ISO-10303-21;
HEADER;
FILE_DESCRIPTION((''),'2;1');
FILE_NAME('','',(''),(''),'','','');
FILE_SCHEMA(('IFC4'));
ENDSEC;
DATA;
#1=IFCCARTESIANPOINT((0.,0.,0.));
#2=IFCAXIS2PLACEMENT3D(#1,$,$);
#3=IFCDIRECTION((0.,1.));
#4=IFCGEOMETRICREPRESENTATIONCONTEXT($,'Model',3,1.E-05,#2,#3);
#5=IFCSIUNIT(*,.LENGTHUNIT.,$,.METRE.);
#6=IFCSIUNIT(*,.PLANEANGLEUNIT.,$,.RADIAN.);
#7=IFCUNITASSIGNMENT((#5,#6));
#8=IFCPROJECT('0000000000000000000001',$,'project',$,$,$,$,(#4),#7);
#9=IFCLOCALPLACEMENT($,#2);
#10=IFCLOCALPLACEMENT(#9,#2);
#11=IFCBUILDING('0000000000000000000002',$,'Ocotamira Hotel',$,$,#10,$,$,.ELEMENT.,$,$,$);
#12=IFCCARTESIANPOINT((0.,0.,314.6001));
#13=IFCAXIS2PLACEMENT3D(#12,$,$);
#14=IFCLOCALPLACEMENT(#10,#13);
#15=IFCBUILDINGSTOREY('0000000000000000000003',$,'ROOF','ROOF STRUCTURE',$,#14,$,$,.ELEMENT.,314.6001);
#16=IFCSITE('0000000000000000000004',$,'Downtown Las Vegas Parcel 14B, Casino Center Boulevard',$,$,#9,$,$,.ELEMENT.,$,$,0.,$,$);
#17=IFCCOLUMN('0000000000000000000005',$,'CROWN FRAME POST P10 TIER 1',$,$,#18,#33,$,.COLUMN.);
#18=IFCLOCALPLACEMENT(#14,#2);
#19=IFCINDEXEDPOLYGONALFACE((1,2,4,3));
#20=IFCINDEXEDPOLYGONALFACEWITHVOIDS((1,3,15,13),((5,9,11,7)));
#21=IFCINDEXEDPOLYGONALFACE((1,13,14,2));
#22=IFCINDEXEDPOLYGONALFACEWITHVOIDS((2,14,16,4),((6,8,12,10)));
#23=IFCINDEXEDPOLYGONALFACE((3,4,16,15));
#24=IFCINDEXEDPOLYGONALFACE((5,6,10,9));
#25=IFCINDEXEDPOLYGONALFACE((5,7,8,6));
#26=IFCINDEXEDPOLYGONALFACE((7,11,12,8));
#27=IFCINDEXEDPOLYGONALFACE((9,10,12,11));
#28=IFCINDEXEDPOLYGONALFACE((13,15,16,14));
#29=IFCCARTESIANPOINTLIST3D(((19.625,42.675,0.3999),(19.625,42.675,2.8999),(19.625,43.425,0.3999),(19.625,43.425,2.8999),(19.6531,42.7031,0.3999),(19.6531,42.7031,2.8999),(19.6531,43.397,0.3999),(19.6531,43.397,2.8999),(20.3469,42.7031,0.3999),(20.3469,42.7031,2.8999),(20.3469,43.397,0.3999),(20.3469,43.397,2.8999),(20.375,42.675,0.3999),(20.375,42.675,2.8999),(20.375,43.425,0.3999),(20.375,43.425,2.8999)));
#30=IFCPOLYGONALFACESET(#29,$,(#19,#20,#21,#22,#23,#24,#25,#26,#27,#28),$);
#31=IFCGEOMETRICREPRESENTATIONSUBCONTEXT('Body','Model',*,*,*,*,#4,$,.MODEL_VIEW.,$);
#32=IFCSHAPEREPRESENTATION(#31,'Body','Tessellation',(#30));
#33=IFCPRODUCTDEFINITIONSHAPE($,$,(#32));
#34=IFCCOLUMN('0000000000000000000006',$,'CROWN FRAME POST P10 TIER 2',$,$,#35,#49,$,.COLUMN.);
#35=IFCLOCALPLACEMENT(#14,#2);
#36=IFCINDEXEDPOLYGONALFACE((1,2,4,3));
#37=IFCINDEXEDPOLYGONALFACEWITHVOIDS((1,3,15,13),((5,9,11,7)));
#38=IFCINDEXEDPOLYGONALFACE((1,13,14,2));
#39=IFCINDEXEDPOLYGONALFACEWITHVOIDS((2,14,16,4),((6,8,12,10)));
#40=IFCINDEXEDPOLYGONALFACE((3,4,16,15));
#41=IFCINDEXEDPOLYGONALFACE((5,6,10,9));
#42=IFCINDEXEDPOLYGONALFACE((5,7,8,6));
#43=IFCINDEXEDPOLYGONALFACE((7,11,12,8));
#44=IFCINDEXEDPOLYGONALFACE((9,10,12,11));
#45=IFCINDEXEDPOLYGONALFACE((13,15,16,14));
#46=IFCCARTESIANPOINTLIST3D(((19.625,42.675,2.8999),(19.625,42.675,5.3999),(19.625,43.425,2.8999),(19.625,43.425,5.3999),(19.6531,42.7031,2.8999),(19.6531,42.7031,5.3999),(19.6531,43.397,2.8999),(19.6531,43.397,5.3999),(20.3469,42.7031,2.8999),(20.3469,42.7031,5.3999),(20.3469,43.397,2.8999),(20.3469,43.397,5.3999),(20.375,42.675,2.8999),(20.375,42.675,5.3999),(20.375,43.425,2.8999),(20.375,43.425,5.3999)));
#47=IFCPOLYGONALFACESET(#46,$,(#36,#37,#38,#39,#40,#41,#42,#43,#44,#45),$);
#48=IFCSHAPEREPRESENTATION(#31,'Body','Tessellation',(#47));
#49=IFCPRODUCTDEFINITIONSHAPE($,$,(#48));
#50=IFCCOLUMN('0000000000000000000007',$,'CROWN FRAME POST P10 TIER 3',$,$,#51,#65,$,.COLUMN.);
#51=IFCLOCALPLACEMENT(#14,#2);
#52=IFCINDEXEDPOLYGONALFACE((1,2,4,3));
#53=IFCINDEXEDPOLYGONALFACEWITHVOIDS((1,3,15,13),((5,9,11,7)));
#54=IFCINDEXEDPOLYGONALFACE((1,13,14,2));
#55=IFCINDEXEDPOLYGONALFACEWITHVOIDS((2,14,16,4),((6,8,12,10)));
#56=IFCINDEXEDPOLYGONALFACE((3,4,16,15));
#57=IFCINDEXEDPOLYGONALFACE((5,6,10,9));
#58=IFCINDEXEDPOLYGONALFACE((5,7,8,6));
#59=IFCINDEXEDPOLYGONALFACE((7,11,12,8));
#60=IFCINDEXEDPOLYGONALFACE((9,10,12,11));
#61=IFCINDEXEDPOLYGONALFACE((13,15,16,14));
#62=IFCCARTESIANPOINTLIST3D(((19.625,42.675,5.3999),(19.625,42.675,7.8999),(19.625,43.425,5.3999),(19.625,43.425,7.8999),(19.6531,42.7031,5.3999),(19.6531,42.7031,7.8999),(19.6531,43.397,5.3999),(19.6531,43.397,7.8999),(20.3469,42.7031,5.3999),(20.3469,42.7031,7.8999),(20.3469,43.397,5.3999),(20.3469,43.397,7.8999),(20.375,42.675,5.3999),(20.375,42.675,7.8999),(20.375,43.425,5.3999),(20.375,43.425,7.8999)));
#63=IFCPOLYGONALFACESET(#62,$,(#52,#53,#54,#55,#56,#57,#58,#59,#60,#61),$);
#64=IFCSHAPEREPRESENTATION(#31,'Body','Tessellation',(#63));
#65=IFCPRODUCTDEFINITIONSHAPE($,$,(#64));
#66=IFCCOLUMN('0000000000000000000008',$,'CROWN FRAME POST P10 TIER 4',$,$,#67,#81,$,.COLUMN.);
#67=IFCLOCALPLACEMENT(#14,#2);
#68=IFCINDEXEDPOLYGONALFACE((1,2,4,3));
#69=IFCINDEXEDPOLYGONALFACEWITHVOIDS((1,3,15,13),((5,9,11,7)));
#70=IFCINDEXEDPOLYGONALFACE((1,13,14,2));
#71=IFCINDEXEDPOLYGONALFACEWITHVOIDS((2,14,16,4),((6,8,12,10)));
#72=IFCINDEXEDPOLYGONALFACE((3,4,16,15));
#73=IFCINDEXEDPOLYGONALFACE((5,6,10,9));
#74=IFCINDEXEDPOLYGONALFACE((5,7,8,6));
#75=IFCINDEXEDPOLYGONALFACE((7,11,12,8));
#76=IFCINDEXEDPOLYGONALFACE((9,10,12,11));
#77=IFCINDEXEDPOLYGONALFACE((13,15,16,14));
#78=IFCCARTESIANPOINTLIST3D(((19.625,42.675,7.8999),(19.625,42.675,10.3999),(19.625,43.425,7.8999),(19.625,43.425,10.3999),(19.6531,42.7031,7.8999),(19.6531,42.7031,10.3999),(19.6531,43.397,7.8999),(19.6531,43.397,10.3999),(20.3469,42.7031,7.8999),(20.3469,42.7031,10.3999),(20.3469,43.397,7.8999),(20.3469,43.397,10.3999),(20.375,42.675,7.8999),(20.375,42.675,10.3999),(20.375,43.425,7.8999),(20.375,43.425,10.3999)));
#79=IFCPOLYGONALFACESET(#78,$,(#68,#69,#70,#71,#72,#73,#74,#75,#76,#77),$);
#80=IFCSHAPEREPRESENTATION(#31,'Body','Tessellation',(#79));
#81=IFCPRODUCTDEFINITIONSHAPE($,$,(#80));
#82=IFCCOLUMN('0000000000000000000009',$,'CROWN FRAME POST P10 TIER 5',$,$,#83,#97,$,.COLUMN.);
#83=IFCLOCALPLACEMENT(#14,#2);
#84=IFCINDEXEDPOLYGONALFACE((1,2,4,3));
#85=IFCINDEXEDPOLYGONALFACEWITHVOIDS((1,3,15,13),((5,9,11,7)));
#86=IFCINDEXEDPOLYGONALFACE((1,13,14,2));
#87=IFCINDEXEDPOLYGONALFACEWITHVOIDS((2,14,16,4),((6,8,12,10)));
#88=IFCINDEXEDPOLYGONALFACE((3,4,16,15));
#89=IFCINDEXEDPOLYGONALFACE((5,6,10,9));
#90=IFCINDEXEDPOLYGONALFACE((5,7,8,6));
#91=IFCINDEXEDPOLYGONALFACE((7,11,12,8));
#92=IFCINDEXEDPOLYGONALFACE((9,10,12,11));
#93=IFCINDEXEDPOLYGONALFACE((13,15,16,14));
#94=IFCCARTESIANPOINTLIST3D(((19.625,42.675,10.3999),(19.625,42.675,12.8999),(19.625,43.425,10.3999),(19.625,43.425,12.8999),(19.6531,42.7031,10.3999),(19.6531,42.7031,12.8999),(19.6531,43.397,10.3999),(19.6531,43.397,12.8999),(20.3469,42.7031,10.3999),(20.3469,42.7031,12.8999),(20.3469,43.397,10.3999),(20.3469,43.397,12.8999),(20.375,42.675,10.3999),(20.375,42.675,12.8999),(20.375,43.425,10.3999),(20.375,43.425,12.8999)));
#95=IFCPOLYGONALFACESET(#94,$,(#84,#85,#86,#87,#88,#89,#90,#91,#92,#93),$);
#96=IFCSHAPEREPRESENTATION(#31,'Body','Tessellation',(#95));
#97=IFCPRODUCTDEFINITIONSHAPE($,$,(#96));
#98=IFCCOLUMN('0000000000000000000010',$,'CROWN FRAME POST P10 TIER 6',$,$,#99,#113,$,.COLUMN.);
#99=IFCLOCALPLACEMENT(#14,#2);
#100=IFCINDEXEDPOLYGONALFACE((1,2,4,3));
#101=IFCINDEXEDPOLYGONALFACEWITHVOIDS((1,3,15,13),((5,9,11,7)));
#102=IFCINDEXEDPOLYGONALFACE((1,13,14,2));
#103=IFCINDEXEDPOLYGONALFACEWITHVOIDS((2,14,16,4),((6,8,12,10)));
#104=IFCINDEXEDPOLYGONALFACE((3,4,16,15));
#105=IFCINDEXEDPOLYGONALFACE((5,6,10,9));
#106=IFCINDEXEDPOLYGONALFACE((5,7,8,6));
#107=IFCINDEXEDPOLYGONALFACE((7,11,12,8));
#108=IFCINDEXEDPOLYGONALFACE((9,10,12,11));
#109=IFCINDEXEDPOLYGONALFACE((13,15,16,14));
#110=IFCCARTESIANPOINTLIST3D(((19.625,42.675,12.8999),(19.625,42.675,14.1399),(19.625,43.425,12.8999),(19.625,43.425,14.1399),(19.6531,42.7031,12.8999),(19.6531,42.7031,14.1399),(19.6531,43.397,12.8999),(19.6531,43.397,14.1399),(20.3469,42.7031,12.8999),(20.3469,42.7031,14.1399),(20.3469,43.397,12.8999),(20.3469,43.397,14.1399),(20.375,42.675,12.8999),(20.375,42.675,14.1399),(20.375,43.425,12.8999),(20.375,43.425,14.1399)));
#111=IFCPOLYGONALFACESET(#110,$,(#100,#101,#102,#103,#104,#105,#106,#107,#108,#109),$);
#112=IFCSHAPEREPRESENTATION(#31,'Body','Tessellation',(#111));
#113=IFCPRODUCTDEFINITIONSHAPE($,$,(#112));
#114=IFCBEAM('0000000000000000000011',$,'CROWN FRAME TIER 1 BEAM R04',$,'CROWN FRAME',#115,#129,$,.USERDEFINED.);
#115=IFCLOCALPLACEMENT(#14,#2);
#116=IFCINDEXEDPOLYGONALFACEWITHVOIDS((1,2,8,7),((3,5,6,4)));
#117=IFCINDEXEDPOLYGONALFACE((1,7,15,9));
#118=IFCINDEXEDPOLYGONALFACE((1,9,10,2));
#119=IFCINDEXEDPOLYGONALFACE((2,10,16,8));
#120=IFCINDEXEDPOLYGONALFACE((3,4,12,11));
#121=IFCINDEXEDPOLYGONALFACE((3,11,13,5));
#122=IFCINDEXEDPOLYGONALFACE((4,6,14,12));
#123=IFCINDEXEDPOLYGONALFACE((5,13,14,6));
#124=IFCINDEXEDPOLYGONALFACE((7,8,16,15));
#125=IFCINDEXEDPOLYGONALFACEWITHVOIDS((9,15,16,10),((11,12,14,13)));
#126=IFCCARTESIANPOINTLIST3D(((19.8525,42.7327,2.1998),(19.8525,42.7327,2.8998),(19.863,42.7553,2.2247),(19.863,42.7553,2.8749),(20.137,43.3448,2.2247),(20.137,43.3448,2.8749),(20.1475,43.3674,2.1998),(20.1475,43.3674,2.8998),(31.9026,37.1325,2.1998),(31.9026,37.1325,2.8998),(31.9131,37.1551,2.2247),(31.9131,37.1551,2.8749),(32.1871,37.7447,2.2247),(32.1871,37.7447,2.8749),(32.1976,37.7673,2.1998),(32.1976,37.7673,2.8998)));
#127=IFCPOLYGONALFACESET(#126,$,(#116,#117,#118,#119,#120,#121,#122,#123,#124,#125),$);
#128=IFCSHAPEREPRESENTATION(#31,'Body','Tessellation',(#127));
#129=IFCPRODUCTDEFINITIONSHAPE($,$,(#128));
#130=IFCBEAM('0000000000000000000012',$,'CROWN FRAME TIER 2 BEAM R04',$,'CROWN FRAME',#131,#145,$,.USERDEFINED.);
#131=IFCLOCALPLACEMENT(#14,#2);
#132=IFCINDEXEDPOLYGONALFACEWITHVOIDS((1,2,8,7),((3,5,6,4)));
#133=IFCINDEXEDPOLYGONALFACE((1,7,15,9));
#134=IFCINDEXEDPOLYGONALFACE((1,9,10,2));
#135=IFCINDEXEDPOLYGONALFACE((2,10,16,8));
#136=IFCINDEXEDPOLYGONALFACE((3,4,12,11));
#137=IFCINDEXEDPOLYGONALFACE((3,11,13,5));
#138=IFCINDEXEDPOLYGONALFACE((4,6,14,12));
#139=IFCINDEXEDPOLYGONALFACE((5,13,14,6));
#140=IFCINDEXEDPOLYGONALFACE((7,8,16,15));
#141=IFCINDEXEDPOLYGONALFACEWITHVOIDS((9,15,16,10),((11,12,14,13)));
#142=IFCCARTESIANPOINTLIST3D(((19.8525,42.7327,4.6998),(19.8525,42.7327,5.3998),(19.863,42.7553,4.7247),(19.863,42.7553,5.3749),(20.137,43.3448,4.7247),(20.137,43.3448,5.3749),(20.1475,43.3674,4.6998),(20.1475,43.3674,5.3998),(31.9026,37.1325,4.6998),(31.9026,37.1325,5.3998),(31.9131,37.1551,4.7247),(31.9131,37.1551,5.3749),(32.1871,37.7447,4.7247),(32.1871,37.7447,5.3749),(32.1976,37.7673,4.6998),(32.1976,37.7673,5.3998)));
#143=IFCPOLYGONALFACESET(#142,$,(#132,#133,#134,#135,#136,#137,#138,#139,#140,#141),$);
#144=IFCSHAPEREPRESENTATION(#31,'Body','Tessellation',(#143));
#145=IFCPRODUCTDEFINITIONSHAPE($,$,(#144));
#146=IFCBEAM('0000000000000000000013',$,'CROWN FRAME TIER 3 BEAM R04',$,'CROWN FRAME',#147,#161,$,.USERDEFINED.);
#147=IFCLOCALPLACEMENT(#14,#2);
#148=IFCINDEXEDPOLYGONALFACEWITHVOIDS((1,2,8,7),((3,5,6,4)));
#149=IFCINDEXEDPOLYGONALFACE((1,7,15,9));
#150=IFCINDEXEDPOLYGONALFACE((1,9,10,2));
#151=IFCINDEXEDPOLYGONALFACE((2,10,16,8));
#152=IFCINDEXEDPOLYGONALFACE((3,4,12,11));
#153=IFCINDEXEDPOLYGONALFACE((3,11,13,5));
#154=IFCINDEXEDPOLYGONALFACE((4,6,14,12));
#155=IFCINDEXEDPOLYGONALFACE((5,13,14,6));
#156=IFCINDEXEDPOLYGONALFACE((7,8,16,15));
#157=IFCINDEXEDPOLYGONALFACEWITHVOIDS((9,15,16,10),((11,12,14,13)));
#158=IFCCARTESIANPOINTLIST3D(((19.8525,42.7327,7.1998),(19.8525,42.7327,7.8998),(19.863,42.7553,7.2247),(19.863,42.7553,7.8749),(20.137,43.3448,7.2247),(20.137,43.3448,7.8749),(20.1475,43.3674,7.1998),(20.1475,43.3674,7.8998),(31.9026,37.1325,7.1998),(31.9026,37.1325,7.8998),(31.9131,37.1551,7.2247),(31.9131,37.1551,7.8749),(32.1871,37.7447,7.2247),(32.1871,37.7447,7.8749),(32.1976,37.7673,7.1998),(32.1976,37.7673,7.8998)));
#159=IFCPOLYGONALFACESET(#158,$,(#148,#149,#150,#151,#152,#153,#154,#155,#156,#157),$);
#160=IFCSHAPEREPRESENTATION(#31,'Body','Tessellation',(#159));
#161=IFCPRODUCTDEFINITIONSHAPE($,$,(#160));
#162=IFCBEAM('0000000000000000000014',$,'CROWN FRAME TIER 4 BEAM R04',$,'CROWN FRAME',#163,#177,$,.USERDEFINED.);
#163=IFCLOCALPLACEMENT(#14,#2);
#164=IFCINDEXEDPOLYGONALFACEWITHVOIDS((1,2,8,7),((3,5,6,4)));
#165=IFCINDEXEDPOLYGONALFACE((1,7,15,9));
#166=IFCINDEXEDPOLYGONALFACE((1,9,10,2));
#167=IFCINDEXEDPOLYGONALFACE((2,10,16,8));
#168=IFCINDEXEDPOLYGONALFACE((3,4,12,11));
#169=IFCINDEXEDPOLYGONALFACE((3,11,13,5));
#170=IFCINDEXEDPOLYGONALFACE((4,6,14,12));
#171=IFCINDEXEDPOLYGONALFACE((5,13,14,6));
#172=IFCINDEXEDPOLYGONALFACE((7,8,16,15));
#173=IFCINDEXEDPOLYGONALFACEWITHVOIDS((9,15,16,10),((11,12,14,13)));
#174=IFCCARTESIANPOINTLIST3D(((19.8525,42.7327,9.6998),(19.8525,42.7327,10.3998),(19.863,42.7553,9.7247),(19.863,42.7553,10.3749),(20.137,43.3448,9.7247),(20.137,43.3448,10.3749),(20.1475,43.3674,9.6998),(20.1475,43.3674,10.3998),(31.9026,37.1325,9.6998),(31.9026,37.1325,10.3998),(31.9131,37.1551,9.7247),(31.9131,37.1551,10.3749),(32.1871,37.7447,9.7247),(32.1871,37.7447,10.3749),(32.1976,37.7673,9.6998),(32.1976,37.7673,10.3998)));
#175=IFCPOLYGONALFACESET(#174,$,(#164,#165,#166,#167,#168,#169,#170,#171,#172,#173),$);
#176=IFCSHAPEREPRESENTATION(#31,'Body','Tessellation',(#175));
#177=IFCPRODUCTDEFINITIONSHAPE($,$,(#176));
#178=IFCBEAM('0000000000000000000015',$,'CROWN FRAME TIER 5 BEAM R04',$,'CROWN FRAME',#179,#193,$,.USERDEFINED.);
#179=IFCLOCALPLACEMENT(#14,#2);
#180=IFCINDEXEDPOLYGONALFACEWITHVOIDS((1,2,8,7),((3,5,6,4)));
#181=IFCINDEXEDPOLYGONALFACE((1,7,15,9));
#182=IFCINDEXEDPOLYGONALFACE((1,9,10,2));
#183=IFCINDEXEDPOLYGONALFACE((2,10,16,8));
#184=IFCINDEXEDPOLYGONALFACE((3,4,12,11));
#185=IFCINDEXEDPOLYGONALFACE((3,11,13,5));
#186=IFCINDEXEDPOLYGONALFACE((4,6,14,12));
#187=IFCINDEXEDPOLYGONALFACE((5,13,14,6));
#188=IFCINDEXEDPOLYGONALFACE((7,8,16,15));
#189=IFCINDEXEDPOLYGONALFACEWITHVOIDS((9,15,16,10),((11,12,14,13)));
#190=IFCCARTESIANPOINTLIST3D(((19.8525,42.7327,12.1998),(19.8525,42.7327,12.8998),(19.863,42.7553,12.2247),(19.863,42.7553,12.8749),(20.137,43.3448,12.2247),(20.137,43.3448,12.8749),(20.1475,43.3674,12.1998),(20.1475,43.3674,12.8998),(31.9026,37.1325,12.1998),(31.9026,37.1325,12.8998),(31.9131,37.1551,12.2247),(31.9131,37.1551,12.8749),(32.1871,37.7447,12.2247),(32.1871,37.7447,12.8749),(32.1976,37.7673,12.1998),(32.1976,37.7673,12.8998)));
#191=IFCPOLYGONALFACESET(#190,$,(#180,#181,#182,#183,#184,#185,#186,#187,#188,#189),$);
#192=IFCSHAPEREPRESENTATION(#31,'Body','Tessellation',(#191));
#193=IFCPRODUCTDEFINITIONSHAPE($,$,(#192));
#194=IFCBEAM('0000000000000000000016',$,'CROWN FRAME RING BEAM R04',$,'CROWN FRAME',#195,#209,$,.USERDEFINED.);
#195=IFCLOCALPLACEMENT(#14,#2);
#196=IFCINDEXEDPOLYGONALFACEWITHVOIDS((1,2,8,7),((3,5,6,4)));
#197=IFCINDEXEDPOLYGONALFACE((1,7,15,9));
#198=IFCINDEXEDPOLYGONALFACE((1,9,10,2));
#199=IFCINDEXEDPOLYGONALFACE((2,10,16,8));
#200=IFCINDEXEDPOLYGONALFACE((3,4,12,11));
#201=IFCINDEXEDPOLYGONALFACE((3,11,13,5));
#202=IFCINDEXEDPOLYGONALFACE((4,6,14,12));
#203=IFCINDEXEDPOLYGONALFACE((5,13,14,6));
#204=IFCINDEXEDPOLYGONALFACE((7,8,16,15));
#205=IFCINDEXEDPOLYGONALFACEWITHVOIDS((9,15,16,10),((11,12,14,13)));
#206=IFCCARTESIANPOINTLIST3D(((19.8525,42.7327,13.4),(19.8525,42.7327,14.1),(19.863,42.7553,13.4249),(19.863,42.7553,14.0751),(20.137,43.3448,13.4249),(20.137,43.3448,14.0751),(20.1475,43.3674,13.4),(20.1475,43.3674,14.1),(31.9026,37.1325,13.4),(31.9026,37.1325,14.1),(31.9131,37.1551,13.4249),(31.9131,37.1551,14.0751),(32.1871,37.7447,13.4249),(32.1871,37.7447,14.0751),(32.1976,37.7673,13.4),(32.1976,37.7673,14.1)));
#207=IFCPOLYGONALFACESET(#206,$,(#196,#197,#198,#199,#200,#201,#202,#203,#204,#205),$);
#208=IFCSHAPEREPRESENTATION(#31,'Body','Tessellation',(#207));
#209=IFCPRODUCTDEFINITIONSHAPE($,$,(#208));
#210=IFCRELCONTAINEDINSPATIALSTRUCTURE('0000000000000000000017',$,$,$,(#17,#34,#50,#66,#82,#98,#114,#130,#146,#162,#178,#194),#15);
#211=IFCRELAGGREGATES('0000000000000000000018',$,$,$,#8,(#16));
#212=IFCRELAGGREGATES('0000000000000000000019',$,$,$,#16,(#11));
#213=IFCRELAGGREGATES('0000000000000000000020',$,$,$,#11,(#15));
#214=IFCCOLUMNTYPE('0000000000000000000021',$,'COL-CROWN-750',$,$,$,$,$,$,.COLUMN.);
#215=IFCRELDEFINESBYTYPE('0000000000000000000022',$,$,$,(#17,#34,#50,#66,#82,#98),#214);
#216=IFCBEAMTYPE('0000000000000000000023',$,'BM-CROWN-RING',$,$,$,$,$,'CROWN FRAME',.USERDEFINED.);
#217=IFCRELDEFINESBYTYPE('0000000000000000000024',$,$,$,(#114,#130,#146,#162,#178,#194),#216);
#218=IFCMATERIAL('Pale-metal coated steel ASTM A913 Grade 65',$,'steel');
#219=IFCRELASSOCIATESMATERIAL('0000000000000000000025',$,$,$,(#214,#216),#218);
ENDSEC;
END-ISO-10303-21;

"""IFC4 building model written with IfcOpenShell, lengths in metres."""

from ifc_helpers import new_model, si_unit, direction, frame, origin, origin_2d, place, context, subcontext, project, spatial, hollow_rectangle, extrude, source, transform, mapped, material, material_profile, profile_set, type_object, element, save


model = new_model("IFC4")

# Units and contexts
model_context = context("Model", 3, precision=1e-05, world=origin(), true_north=direction((0.0, 1.0)))
body_context = subcontext(model_context, "Body", "Model", "MODEL_VIEW")
ifc_project = project(units=[si_unit("LENGTHUNIT", "METRE"), si_unit("PLANEANGLEUNIT", "RADIAN")], contexts=[model_context])

# Site, building, storey
site_placement = place(None, origin())
site = spatial("IfcSite", under=ifc_project, at=site_placement, Name="Downtown Las Vegas Parcel 14B, Casino Center Boulevard", CompositionType="ELEMENT", RefElevation=0.0)
building_placement = place(site_placement, origin())
building = spatial("IfcBuilding", under=site, at=building_placement, Name="Ocotamira Hotel", CompositionType="ELEMENT")
storey_placement = place(building_placement, frame((0.0, 0.0, 314.6001)))
storey = spatial("IfcBuildingStorey", under=building, at=storey_placement, Name="ROOF", Description="ROOF STRUCTURE", CompositionType="ELEMENT", Elevation=314.6001)

# Columns
ifc_material_1 = material(Name="Pale-metal coated steel ASTM A913 Grade 65", Category="steel")
ifc_material_profile_1 = material_profile(ifc_material_1, hollow_rectangle(XDim=0.75, YDim=0.75, WallThickness=0.0281, at=origin_2d()), Name="BOX750X750X28")
ifc_profile_set_1 = profile_set([ifc_material_profile_1], Name="Pale-metal coated steel ASTM A913 Grade 65")
column_type = type_object("IfcColumnType", Name="COL-CROWN-750", PredefinedType="COLUMN", material=ifc_profile_set_1)
shared_shape_1 = source(origin(), body_context, "Body", "SweptSolid", [
    extrude(hollow_rectangle(XDim=0.75, YDim=0.75, WallThickness=0.0281, at=origin_2d()), origin(), (0.0, 0.0, 1.0), 2.5),
])
for number, where, z_axis, x_axis, name in (
    (1, (20.0, 43.05, 0.3999), (0.0, 0.0, 1.0), (1.0, 0.0, 0.0), "CROWN FRAME POST P10 TIER 1"),
    (2, (20.0, 43.05, 2.8999), (0.0, 0.0, 1.0), (1.0, 0.0, 0.0), "CROWN FRAME POST P10 TIER 2"),
    (3, (20.0, 43.05, 5.3999), (0.0, 0.0, 1.0), (1.0, 0.0, 0.0), "CROWN FRAME POST P10 TIER 3"),
    (4, (20.0, 43.05, 7.8999), (0.0, 0.0, 1.0), (1.0, 0.0, 0.0), "CROWN FRAME POST P10 TIER 4"),
    (5, (20.0, 43.05, 10.3999), (0.0, 0.0, 1.0), (1.0, 0.0, 0.0), "CROWN FRAME POST P10 TIER 5"),
):
    element("IfcColumn", number, at=place(storey_placement, frame(where, z_axis=z_axis, x_axis=x_axis)), inside=storey, type_object=column_type, Name=name, PredefinedType="COLUMN", context=body_context, shape_type="MappedRepresentation", body=[
        mapped(shared_shape_1, transform((0.0, 0.0, 0.0), scale=1.0)),
    ])
shared_shape_2 = source(origin(), body_context, "Body", "SweptSolid", [
    extrude(hollow_rectangle(XDim=0.75, YDim=0.75, WallThickness=0.0281, at=origin_2d()), origin(), (0.0, 0.0, 1.0), 1.24),
])
column_placement = place(storey_placement, frame((20.0, 43.05, 12.8999), z_axis=(0.0, 0.0, 1.0), x_axis=(1.0, 0.0, 0.0)))
element("IfcColumn", 6, at=column_placement, inside=storey, type_object=column_type, Name="CROWN FRAME POST P10 TIER 6", PredefinedType="COLUMN", context=body_context, shape_type="MappedRepresentation", body=[
    mapped(shared_shape_2, transform((0.0, 0.0, 0.0), scale=1.0)),
])

# Beams
ifc_material_profile_2 = material_profile(ifc_material_1, hollow_rectangle(XDim=0.7, YDim=0.7, WallThickness=0.0249, at=origin_2d()), Name="BOX700X700X25")
ifc_profile_set_2 = profile_set([ifc_material_profile_2], Name="Pale-metal coated steel ASTM A913 Grade 65")
beam_type = type_object("IfcBeamType", Name="BM-CROWN-RING", ElementType="CROWN FRAME", PredefinedType="USERDEFINED", material=ifc_profile_set_2)
shared_shape_3 = source(origin(), body_context, "Body", "SweptSolid", [
    extrude(hollow_rectangle(XDim=0.7, YDim=0.7, WallThickness=0.0249, at=origin_2d()), origin(), (0.0, 0.0, 1.0), 13.2878),
])
for number, where, z_axis, x_axis, name in (
    (7, (20.0, 43.05, 2.5498), (0.906853, -0.421448, 0.0), (0.421448, 0.906853, 0.0), "CROWN FRAME TIER 1 BEAM R04"),
    (8, (20.0, 43.05, 5.0498), (0.906853, -0.421448, 0.0), (0.421448, 0.906853, 0.0), "CROWN FRAME TIER 2 BEAM R04"),
    (9, (20.0, 43.05, 7.5498), (0.906853, -0.421448, 0.0), (0.421448, 0.906853, 0.0), "CROWN FRAME TIER 3 BEAM R04"),
    (10, (20.0, 43.05, 10.0498), (0.906853, -0.421448, 0.0), (0.421448, 0.906853, 0.0), "CROWN FRAME TIER 4 BEAM R04"),
    (11, (20.0, 43.05, 12.5498), (0.906853, -0.421448, 0.0), (0.421448, 0.906853, 0.0), "CROWN FRAME TIER 5 BEAM R04"),
    (12, (20.0, 43.05, 13.75), (0.906853, -0.421448, 0.0), (0.421448, 0.906853, 0.0), "CROWN FRAME RING BEAM R04"),
):
    element("IfcBeam", number, at=place(storey_placement, frame(where, z_axis=z_axis, x_axis=x_axis)), inside=storey, type_object=beam_type, Name=name, ObjectType="CROWN FRAME", PredefinedType="USERDEFINED", context=body_context, shape_type="MappedRepresentation", body=[
        mapped(shared_shape_3, transform((0.0, 0.0, 0.0), scale=1.0)),
    ])

save(model, "model.ifc")
